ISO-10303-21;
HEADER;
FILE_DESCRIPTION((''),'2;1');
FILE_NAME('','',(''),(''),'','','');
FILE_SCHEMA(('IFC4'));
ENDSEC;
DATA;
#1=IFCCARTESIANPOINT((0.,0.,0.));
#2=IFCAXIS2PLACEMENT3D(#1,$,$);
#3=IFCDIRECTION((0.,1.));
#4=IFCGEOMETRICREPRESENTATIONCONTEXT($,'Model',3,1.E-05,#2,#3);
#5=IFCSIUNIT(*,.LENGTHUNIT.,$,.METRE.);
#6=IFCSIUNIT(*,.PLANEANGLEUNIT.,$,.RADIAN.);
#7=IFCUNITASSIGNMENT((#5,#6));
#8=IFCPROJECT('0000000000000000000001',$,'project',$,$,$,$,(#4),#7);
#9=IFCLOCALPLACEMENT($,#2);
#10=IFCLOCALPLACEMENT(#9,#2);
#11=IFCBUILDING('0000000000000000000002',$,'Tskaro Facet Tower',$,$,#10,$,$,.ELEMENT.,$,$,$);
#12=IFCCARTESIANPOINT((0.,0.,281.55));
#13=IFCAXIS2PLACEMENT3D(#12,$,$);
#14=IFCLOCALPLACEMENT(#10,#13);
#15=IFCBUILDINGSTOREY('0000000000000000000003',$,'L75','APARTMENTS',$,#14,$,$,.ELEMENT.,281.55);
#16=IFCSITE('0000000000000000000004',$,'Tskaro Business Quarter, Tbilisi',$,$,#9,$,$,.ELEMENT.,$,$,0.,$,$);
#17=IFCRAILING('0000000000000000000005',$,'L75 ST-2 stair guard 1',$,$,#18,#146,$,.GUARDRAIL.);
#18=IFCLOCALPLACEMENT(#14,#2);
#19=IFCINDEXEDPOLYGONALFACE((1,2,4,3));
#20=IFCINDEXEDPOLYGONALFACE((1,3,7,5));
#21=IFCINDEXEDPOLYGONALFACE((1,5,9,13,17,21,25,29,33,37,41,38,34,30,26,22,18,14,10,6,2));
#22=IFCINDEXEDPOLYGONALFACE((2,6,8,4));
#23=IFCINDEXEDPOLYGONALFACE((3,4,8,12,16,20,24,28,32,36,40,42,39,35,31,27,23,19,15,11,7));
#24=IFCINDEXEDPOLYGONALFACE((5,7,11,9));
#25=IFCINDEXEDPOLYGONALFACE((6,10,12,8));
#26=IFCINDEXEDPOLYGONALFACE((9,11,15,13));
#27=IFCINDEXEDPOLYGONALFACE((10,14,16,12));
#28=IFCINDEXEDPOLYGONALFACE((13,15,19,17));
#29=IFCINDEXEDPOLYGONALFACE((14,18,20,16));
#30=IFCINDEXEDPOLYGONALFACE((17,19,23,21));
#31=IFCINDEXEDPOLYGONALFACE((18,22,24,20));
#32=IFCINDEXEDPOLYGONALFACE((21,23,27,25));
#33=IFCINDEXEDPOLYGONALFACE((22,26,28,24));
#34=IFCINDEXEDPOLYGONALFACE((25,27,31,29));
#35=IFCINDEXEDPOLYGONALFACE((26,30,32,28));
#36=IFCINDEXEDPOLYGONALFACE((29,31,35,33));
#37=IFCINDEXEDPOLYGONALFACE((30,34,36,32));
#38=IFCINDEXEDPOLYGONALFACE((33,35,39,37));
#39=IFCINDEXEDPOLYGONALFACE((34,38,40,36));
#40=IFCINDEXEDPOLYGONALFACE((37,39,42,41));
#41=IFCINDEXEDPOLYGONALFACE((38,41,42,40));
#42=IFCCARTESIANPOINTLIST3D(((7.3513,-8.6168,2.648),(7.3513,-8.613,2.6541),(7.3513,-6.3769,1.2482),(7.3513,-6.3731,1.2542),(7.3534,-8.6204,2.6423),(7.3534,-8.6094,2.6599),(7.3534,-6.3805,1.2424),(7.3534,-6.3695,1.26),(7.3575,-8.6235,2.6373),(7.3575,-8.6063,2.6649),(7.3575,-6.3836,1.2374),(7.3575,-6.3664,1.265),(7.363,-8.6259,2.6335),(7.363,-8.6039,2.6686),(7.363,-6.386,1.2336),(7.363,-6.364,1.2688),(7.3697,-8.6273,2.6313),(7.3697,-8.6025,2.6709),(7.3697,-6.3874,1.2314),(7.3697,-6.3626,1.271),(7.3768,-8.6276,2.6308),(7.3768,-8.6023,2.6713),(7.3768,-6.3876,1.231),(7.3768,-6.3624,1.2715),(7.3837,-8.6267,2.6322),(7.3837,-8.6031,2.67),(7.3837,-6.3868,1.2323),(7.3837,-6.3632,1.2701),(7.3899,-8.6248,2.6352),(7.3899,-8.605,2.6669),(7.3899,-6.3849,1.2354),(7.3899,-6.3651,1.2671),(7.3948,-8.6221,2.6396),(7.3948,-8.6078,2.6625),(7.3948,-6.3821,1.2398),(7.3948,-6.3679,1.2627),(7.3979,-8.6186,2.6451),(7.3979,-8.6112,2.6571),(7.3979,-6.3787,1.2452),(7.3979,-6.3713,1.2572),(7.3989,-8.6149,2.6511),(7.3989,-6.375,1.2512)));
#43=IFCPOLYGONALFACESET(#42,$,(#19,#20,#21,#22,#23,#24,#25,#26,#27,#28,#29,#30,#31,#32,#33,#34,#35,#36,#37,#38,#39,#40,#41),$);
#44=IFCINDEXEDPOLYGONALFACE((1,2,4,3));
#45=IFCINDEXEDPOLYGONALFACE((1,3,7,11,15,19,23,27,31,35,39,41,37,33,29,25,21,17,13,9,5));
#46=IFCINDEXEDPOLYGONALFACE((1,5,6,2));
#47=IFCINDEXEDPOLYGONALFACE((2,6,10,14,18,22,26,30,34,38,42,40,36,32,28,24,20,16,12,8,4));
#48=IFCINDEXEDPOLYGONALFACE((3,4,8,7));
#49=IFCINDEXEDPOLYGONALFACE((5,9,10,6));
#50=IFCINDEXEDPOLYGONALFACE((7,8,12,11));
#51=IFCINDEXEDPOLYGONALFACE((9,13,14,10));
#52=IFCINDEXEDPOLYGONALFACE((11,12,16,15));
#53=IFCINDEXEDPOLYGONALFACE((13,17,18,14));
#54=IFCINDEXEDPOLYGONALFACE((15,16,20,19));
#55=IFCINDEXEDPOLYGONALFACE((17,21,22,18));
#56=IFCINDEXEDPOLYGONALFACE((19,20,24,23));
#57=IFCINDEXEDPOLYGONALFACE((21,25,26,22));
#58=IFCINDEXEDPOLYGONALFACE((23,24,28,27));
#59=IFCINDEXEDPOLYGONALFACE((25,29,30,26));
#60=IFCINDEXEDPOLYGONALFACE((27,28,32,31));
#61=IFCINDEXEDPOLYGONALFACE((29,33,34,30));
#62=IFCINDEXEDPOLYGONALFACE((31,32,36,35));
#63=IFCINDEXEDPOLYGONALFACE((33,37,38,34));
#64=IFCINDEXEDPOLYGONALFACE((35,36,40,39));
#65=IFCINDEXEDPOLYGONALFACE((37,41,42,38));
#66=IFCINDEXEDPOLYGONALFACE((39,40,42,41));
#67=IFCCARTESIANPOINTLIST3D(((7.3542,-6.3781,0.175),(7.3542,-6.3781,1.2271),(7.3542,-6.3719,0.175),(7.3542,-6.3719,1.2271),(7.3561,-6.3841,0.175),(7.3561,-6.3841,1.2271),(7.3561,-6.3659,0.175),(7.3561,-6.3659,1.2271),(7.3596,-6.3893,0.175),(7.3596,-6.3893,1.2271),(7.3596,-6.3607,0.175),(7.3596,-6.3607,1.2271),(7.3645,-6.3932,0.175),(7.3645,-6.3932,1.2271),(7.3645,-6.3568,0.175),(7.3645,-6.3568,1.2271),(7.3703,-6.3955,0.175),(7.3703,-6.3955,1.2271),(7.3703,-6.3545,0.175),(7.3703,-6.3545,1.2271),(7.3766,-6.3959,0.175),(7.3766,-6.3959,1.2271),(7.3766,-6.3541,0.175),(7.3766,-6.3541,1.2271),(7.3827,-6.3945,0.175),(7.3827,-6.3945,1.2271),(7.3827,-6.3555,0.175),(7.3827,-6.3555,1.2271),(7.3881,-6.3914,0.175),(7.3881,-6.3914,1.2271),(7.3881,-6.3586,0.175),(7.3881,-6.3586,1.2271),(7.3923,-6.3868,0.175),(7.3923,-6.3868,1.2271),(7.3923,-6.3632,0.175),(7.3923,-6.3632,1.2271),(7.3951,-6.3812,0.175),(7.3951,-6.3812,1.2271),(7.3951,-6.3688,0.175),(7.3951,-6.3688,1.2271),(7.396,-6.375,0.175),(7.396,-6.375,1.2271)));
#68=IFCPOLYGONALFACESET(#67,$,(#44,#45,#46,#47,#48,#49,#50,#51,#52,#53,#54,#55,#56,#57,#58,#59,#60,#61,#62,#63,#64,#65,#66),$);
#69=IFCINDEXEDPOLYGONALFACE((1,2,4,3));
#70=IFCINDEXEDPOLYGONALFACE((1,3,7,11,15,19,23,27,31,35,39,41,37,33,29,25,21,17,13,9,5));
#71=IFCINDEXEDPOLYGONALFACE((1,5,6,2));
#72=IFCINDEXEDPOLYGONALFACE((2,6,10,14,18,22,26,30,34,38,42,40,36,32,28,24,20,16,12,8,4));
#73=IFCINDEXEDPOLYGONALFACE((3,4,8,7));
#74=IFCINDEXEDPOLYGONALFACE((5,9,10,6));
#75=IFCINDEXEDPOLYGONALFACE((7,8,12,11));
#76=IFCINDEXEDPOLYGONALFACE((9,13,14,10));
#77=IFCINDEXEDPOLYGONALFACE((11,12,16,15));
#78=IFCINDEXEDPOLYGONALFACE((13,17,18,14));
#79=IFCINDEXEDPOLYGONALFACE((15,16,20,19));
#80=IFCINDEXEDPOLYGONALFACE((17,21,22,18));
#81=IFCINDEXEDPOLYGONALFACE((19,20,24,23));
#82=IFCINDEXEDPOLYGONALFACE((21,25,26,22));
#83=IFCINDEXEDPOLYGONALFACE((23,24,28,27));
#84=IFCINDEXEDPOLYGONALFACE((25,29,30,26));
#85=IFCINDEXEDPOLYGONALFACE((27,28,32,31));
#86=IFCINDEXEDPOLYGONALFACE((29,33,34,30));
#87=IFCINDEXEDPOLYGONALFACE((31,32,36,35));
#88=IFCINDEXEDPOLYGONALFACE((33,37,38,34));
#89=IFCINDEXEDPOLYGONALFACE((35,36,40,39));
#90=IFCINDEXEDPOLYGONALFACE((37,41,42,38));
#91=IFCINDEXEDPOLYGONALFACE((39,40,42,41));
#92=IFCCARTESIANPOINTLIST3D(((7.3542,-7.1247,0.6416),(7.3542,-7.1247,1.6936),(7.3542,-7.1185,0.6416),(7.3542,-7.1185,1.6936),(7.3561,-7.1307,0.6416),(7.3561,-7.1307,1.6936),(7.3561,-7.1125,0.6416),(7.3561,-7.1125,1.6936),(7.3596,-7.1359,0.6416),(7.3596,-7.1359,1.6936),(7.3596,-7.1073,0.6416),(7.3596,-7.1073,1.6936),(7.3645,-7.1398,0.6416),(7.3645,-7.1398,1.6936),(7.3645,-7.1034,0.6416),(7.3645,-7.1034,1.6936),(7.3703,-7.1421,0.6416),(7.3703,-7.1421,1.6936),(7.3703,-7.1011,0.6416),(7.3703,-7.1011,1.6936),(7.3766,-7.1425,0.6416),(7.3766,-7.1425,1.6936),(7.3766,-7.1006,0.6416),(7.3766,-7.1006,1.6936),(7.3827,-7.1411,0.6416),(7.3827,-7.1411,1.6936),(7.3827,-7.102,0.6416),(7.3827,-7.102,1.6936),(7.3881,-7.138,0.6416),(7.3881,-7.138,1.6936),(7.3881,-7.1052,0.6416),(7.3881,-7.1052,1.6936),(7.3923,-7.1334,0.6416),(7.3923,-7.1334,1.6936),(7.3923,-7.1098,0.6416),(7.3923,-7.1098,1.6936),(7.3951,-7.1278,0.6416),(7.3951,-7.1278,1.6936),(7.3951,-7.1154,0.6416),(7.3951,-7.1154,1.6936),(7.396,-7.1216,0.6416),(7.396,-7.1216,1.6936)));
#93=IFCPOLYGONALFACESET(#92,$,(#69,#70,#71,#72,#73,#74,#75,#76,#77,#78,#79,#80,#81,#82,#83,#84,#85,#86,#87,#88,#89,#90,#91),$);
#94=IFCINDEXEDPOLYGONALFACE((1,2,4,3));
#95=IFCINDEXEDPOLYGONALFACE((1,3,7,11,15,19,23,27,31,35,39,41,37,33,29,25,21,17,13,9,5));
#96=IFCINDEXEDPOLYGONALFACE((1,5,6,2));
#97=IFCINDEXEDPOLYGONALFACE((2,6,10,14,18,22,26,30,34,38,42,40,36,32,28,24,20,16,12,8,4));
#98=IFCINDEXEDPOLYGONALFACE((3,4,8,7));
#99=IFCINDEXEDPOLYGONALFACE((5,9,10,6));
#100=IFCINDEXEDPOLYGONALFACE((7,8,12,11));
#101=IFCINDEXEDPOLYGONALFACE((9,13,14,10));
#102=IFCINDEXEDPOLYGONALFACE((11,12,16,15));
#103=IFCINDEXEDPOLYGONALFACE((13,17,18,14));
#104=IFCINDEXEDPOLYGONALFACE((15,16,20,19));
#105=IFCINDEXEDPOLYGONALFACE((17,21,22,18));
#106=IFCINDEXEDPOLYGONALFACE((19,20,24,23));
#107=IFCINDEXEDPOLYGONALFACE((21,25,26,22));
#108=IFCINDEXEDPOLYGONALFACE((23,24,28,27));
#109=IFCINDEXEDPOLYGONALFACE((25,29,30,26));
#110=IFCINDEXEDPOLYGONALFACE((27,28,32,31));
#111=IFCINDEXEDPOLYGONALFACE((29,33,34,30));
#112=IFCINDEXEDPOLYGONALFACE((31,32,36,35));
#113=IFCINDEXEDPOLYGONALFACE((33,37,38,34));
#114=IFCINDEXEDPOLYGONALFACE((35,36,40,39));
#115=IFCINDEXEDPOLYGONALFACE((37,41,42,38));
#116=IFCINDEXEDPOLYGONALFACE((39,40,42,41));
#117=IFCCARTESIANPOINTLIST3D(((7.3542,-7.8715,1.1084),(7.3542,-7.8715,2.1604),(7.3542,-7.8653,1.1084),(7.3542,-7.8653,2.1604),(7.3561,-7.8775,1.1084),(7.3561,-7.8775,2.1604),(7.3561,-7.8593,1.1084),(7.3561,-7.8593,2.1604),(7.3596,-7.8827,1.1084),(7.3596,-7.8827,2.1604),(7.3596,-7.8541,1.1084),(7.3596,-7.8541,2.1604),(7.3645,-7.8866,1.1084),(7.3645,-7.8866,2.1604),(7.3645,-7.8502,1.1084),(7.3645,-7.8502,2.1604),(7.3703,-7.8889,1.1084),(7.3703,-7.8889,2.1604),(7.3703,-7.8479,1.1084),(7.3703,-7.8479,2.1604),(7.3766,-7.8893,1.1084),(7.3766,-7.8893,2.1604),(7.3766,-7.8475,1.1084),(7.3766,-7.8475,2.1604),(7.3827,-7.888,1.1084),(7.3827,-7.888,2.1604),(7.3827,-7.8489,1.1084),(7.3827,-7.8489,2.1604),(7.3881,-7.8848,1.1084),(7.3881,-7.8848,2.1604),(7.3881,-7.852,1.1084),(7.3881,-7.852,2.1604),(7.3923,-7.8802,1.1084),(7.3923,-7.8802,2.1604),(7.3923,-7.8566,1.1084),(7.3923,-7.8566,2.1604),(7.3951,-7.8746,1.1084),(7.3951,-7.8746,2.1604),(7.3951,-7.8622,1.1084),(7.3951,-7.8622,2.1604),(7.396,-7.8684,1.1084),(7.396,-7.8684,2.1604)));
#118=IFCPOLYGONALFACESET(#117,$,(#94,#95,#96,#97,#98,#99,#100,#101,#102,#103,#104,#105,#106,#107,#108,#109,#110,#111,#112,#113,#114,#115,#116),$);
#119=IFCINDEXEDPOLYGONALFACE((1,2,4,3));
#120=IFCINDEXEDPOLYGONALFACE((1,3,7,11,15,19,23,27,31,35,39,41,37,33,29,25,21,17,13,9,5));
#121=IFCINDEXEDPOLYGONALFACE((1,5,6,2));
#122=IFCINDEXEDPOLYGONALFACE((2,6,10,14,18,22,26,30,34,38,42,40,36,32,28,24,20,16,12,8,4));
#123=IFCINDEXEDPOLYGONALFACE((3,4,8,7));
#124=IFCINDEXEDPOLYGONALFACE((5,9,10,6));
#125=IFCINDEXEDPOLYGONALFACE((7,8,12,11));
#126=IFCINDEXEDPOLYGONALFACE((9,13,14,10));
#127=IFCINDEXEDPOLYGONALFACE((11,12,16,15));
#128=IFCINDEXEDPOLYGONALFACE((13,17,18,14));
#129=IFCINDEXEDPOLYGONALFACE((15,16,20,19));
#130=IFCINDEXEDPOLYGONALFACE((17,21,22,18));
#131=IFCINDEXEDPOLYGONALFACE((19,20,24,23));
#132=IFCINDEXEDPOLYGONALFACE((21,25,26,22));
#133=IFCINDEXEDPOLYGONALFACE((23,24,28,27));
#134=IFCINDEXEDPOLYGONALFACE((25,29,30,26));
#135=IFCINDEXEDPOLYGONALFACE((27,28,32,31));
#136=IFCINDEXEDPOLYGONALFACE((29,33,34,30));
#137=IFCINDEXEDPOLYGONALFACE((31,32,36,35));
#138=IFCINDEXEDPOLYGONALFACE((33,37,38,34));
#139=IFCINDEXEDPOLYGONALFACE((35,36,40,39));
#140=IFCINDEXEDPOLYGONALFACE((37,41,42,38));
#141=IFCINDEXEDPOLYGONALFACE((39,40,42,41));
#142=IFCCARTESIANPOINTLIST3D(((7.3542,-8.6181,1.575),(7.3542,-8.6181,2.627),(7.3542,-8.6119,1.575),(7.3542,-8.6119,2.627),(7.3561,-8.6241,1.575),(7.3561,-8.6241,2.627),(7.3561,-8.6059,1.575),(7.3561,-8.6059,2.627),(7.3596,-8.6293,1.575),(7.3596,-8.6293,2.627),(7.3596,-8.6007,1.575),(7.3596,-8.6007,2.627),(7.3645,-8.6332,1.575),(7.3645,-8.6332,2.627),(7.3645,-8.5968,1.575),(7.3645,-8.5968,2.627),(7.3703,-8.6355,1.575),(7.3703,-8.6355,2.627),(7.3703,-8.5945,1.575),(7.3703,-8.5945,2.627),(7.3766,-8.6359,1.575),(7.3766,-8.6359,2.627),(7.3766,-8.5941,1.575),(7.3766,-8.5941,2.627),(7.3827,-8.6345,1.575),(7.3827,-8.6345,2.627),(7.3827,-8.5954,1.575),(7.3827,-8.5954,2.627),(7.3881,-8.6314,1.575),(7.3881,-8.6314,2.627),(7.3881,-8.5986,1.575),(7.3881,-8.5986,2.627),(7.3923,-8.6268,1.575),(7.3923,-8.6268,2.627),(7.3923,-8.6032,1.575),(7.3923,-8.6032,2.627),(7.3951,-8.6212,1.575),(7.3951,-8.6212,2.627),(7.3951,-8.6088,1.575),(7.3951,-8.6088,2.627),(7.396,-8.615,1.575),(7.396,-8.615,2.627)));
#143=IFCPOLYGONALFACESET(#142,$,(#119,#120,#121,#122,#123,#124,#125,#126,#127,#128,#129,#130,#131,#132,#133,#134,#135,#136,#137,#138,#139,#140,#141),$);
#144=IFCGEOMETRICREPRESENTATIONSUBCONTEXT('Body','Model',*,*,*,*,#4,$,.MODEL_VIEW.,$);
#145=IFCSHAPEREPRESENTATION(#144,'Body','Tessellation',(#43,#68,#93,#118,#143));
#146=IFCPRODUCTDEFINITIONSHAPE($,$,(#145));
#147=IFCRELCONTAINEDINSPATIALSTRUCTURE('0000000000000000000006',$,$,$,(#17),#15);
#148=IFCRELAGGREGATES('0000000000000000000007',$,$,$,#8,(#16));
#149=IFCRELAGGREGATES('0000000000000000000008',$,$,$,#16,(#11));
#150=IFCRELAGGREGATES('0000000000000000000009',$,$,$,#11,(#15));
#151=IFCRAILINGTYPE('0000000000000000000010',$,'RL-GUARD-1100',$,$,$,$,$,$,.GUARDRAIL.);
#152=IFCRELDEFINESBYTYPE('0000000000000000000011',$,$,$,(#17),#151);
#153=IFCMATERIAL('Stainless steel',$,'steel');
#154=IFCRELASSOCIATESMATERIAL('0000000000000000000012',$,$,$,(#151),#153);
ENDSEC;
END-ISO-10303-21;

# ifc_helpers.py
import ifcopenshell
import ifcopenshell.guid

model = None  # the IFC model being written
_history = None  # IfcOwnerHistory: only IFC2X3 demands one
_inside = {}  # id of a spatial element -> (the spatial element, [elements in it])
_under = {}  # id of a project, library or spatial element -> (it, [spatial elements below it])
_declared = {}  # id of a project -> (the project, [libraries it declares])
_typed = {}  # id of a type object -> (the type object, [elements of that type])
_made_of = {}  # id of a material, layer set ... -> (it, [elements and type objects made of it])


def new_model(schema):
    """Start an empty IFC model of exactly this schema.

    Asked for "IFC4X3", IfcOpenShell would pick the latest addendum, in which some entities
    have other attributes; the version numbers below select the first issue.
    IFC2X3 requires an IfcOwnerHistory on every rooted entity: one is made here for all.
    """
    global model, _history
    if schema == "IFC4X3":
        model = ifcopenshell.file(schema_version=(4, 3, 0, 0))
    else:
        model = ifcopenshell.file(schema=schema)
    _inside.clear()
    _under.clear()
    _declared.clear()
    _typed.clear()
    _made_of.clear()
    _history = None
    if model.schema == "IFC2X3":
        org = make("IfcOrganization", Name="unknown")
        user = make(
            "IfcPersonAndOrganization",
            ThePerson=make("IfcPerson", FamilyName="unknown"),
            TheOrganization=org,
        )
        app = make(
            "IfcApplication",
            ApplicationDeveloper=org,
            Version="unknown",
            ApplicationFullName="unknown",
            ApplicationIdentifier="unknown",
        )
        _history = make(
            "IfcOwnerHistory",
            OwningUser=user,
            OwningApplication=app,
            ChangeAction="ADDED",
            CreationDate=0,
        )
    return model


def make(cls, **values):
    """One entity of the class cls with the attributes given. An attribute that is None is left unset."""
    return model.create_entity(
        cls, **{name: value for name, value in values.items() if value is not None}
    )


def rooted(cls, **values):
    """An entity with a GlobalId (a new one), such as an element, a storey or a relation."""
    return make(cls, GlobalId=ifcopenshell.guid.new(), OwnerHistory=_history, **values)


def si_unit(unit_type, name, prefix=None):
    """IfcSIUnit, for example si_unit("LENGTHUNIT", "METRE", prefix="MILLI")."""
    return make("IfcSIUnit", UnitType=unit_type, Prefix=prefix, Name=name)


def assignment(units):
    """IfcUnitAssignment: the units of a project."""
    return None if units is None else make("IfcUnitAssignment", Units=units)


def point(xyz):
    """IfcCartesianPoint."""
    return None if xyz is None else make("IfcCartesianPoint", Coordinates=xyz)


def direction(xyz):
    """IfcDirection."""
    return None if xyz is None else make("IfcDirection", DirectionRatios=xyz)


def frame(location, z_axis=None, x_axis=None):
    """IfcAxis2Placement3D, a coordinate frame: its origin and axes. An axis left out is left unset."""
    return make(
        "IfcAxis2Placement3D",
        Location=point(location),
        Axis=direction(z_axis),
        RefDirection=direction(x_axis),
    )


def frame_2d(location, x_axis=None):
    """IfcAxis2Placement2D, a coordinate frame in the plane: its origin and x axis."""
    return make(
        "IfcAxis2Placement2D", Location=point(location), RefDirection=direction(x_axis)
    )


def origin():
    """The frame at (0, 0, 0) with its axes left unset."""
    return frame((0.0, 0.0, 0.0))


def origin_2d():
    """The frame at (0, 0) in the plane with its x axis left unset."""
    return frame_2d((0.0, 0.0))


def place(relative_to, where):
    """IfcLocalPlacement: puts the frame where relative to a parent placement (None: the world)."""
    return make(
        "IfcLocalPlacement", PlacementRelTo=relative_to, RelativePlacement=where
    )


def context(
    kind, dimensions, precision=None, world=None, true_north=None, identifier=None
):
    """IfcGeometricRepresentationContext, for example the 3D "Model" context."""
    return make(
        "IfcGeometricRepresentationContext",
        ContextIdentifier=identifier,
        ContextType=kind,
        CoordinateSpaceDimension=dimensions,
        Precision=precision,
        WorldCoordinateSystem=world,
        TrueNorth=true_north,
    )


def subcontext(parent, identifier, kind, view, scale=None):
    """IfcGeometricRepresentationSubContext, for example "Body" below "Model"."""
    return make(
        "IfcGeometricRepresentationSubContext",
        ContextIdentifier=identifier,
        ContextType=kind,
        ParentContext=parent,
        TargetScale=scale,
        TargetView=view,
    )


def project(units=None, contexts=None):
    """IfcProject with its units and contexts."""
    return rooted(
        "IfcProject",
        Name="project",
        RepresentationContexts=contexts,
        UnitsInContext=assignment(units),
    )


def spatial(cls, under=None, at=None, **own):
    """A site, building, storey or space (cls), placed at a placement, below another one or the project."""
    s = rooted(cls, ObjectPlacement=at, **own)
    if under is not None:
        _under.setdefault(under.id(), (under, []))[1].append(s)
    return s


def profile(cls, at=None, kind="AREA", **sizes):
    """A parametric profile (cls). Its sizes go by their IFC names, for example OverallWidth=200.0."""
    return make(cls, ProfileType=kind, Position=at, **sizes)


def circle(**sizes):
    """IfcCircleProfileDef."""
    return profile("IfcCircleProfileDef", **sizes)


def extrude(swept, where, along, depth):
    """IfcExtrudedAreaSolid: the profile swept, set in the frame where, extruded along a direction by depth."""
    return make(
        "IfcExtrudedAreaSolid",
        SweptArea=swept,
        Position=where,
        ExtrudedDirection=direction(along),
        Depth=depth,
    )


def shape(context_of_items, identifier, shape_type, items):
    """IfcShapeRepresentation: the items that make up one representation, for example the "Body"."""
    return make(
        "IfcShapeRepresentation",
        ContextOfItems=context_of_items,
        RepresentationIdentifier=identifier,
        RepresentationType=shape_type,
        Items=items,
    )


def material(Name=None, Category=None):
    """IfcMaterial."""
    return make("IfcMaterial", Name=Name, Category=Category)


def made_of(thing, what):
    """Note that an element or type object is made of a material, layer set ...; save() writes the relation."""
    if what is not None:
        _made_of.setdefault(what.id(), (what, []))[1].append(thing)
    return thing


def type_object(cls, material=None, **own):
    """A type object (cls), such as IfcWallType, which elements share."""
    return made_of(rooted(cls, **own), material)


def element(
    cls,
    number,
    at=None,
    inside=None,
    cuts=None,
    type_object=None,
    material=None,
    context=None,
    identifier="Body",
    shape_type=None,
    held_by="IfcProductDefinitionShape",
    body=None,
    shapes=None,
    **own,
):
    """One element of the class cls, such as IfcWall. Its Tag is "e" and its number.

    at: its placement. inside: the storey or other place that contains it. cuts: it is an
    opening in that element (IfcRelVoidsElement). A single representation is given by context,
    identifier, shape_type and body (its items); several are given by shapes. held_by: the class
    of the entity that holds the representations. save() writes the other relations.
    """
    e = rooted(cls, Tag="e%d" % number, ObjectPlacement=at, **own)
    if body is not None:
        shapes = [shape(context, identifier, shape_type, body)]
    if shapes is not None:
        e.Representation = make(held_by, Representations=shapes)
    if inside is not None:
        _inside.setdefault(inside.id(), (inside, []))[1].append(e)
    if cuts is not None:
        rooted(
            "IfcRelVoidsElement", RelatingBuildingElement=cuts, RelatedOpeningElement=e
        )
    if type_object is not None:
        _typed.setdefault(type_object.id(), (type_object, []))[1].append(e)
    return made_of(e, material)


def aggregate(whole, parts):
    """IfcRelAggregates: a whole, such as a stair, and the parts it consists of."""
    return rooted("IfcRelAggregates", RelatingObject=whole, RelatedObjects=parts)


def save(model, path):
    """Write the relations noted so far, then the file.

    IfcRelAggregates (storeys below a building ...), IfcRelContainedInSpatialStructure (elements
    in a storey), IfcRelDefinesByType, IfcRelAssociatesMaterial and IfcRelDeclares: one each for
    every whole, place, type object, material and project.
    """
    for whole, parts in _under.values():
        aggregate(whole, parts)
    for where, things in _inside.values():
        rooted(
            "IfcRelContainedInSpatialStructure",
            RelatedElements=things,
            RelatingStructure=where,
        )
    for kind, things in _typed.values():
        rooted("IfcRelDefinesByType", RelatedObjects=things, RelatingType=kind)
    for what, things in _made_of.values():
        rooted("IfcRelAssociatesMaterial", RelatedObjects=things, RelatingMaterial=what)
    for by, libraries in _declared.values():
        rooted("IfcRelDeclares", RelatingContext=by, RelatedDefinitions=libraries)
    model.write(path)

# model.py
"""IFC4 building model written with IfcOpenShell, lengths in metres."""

from ifc_helpers import new_model, si_unit, direction, frame, origin, origin_2d, place, context, subcontext, project, spatial, circle, extrude, material, type_object, element, save


model = new_model("IFC4")

# Units and contexts
model_context = context("Model", 3, precision=1e-05, world=origin(), true_north=direction((0.0, 1.0)))
body_context = subcontext(model_context, "Body", "Model", "MODEL_VIEW")
ifc_project = project(units=[si_unit("LENGTHUNIT", "METRE"), si_unit("PLANEANGLEUNIT", "RADIAN")], contexts=[model_context])

# Site, building, storey
site_placement = place(None, origin())
site = spatial("IfcSite", under=ifc_project, at=site_placement, Name="Tskaro Business Quarter, Tbilisi", CompositionType="ELEMENT", RefElevation=0.0)
building_placement = place(site_placement, origin())
building = spatial("IfcBuilding", under=site, at=building_placement, Name="Tskaro Facet Tower", CompositionType="ELEMENT")
storey_placement = place(building_placement, frame((0.0, 0.0, 281.55)))
storey = spatial("IfcBuildingStorey", under=building, at=storey_placement, Name="L75", Description="APARTMENTS", CompositionType="ELEMENT", Elevation=281.55)

# Railing
ifc_material_1 = material(Name="Stainless steel", Category="steel")
railing_type_1 = type_object("IfcRailingType", Name="RL-GUARD-1100", PredefinedType="GUARDRAIL", material=ifc_material_1)
railing_1_placement = place(storey_placement, frame((7.375, -6.375, 0.175)))
element("IfcRailing", 1, at=railing_1_placement, inside=storey, type_object=railing_type_1, Name="L75 ST-2 stair guard 1", PredefinedType="GUARDRAIL", context=body_context, shape_type="SweptSolid", body=[
    extrude(circle(Radius=0.0239, at=origin_2d()), frame((0.0, 0.0, 1.0762), z_axis=(0.0, -0.848014, 0.529974), x_axis=(1.0, 0.0, 0.0)), (0.0, 0.0, 1.0), 2.6414),
    extrude(circle(Radius=0.021, at=origin_2d()), origin(), (0.0, 0.0, 1.0), 1.052),
    extrude(circle(Radius=0.021, at=origin_2d()), frame((0.0, -0.7466, 0.4666)), (0.0, 0.0, 1.0), 1.052),
    extrude(circle(Radius=0.021, at=origin_2d()), frame((0.0, -1.4934, 0.9333)), (0.0, 0.0, 1.0), 1.052),
    extrude(circle(Radius=0.021, at=origin_2d()), frame((0.0, -2.24, 1.3999)), (0.0, 0.0, 1.0), 1.052),
])

save(model, "model.ifc")
